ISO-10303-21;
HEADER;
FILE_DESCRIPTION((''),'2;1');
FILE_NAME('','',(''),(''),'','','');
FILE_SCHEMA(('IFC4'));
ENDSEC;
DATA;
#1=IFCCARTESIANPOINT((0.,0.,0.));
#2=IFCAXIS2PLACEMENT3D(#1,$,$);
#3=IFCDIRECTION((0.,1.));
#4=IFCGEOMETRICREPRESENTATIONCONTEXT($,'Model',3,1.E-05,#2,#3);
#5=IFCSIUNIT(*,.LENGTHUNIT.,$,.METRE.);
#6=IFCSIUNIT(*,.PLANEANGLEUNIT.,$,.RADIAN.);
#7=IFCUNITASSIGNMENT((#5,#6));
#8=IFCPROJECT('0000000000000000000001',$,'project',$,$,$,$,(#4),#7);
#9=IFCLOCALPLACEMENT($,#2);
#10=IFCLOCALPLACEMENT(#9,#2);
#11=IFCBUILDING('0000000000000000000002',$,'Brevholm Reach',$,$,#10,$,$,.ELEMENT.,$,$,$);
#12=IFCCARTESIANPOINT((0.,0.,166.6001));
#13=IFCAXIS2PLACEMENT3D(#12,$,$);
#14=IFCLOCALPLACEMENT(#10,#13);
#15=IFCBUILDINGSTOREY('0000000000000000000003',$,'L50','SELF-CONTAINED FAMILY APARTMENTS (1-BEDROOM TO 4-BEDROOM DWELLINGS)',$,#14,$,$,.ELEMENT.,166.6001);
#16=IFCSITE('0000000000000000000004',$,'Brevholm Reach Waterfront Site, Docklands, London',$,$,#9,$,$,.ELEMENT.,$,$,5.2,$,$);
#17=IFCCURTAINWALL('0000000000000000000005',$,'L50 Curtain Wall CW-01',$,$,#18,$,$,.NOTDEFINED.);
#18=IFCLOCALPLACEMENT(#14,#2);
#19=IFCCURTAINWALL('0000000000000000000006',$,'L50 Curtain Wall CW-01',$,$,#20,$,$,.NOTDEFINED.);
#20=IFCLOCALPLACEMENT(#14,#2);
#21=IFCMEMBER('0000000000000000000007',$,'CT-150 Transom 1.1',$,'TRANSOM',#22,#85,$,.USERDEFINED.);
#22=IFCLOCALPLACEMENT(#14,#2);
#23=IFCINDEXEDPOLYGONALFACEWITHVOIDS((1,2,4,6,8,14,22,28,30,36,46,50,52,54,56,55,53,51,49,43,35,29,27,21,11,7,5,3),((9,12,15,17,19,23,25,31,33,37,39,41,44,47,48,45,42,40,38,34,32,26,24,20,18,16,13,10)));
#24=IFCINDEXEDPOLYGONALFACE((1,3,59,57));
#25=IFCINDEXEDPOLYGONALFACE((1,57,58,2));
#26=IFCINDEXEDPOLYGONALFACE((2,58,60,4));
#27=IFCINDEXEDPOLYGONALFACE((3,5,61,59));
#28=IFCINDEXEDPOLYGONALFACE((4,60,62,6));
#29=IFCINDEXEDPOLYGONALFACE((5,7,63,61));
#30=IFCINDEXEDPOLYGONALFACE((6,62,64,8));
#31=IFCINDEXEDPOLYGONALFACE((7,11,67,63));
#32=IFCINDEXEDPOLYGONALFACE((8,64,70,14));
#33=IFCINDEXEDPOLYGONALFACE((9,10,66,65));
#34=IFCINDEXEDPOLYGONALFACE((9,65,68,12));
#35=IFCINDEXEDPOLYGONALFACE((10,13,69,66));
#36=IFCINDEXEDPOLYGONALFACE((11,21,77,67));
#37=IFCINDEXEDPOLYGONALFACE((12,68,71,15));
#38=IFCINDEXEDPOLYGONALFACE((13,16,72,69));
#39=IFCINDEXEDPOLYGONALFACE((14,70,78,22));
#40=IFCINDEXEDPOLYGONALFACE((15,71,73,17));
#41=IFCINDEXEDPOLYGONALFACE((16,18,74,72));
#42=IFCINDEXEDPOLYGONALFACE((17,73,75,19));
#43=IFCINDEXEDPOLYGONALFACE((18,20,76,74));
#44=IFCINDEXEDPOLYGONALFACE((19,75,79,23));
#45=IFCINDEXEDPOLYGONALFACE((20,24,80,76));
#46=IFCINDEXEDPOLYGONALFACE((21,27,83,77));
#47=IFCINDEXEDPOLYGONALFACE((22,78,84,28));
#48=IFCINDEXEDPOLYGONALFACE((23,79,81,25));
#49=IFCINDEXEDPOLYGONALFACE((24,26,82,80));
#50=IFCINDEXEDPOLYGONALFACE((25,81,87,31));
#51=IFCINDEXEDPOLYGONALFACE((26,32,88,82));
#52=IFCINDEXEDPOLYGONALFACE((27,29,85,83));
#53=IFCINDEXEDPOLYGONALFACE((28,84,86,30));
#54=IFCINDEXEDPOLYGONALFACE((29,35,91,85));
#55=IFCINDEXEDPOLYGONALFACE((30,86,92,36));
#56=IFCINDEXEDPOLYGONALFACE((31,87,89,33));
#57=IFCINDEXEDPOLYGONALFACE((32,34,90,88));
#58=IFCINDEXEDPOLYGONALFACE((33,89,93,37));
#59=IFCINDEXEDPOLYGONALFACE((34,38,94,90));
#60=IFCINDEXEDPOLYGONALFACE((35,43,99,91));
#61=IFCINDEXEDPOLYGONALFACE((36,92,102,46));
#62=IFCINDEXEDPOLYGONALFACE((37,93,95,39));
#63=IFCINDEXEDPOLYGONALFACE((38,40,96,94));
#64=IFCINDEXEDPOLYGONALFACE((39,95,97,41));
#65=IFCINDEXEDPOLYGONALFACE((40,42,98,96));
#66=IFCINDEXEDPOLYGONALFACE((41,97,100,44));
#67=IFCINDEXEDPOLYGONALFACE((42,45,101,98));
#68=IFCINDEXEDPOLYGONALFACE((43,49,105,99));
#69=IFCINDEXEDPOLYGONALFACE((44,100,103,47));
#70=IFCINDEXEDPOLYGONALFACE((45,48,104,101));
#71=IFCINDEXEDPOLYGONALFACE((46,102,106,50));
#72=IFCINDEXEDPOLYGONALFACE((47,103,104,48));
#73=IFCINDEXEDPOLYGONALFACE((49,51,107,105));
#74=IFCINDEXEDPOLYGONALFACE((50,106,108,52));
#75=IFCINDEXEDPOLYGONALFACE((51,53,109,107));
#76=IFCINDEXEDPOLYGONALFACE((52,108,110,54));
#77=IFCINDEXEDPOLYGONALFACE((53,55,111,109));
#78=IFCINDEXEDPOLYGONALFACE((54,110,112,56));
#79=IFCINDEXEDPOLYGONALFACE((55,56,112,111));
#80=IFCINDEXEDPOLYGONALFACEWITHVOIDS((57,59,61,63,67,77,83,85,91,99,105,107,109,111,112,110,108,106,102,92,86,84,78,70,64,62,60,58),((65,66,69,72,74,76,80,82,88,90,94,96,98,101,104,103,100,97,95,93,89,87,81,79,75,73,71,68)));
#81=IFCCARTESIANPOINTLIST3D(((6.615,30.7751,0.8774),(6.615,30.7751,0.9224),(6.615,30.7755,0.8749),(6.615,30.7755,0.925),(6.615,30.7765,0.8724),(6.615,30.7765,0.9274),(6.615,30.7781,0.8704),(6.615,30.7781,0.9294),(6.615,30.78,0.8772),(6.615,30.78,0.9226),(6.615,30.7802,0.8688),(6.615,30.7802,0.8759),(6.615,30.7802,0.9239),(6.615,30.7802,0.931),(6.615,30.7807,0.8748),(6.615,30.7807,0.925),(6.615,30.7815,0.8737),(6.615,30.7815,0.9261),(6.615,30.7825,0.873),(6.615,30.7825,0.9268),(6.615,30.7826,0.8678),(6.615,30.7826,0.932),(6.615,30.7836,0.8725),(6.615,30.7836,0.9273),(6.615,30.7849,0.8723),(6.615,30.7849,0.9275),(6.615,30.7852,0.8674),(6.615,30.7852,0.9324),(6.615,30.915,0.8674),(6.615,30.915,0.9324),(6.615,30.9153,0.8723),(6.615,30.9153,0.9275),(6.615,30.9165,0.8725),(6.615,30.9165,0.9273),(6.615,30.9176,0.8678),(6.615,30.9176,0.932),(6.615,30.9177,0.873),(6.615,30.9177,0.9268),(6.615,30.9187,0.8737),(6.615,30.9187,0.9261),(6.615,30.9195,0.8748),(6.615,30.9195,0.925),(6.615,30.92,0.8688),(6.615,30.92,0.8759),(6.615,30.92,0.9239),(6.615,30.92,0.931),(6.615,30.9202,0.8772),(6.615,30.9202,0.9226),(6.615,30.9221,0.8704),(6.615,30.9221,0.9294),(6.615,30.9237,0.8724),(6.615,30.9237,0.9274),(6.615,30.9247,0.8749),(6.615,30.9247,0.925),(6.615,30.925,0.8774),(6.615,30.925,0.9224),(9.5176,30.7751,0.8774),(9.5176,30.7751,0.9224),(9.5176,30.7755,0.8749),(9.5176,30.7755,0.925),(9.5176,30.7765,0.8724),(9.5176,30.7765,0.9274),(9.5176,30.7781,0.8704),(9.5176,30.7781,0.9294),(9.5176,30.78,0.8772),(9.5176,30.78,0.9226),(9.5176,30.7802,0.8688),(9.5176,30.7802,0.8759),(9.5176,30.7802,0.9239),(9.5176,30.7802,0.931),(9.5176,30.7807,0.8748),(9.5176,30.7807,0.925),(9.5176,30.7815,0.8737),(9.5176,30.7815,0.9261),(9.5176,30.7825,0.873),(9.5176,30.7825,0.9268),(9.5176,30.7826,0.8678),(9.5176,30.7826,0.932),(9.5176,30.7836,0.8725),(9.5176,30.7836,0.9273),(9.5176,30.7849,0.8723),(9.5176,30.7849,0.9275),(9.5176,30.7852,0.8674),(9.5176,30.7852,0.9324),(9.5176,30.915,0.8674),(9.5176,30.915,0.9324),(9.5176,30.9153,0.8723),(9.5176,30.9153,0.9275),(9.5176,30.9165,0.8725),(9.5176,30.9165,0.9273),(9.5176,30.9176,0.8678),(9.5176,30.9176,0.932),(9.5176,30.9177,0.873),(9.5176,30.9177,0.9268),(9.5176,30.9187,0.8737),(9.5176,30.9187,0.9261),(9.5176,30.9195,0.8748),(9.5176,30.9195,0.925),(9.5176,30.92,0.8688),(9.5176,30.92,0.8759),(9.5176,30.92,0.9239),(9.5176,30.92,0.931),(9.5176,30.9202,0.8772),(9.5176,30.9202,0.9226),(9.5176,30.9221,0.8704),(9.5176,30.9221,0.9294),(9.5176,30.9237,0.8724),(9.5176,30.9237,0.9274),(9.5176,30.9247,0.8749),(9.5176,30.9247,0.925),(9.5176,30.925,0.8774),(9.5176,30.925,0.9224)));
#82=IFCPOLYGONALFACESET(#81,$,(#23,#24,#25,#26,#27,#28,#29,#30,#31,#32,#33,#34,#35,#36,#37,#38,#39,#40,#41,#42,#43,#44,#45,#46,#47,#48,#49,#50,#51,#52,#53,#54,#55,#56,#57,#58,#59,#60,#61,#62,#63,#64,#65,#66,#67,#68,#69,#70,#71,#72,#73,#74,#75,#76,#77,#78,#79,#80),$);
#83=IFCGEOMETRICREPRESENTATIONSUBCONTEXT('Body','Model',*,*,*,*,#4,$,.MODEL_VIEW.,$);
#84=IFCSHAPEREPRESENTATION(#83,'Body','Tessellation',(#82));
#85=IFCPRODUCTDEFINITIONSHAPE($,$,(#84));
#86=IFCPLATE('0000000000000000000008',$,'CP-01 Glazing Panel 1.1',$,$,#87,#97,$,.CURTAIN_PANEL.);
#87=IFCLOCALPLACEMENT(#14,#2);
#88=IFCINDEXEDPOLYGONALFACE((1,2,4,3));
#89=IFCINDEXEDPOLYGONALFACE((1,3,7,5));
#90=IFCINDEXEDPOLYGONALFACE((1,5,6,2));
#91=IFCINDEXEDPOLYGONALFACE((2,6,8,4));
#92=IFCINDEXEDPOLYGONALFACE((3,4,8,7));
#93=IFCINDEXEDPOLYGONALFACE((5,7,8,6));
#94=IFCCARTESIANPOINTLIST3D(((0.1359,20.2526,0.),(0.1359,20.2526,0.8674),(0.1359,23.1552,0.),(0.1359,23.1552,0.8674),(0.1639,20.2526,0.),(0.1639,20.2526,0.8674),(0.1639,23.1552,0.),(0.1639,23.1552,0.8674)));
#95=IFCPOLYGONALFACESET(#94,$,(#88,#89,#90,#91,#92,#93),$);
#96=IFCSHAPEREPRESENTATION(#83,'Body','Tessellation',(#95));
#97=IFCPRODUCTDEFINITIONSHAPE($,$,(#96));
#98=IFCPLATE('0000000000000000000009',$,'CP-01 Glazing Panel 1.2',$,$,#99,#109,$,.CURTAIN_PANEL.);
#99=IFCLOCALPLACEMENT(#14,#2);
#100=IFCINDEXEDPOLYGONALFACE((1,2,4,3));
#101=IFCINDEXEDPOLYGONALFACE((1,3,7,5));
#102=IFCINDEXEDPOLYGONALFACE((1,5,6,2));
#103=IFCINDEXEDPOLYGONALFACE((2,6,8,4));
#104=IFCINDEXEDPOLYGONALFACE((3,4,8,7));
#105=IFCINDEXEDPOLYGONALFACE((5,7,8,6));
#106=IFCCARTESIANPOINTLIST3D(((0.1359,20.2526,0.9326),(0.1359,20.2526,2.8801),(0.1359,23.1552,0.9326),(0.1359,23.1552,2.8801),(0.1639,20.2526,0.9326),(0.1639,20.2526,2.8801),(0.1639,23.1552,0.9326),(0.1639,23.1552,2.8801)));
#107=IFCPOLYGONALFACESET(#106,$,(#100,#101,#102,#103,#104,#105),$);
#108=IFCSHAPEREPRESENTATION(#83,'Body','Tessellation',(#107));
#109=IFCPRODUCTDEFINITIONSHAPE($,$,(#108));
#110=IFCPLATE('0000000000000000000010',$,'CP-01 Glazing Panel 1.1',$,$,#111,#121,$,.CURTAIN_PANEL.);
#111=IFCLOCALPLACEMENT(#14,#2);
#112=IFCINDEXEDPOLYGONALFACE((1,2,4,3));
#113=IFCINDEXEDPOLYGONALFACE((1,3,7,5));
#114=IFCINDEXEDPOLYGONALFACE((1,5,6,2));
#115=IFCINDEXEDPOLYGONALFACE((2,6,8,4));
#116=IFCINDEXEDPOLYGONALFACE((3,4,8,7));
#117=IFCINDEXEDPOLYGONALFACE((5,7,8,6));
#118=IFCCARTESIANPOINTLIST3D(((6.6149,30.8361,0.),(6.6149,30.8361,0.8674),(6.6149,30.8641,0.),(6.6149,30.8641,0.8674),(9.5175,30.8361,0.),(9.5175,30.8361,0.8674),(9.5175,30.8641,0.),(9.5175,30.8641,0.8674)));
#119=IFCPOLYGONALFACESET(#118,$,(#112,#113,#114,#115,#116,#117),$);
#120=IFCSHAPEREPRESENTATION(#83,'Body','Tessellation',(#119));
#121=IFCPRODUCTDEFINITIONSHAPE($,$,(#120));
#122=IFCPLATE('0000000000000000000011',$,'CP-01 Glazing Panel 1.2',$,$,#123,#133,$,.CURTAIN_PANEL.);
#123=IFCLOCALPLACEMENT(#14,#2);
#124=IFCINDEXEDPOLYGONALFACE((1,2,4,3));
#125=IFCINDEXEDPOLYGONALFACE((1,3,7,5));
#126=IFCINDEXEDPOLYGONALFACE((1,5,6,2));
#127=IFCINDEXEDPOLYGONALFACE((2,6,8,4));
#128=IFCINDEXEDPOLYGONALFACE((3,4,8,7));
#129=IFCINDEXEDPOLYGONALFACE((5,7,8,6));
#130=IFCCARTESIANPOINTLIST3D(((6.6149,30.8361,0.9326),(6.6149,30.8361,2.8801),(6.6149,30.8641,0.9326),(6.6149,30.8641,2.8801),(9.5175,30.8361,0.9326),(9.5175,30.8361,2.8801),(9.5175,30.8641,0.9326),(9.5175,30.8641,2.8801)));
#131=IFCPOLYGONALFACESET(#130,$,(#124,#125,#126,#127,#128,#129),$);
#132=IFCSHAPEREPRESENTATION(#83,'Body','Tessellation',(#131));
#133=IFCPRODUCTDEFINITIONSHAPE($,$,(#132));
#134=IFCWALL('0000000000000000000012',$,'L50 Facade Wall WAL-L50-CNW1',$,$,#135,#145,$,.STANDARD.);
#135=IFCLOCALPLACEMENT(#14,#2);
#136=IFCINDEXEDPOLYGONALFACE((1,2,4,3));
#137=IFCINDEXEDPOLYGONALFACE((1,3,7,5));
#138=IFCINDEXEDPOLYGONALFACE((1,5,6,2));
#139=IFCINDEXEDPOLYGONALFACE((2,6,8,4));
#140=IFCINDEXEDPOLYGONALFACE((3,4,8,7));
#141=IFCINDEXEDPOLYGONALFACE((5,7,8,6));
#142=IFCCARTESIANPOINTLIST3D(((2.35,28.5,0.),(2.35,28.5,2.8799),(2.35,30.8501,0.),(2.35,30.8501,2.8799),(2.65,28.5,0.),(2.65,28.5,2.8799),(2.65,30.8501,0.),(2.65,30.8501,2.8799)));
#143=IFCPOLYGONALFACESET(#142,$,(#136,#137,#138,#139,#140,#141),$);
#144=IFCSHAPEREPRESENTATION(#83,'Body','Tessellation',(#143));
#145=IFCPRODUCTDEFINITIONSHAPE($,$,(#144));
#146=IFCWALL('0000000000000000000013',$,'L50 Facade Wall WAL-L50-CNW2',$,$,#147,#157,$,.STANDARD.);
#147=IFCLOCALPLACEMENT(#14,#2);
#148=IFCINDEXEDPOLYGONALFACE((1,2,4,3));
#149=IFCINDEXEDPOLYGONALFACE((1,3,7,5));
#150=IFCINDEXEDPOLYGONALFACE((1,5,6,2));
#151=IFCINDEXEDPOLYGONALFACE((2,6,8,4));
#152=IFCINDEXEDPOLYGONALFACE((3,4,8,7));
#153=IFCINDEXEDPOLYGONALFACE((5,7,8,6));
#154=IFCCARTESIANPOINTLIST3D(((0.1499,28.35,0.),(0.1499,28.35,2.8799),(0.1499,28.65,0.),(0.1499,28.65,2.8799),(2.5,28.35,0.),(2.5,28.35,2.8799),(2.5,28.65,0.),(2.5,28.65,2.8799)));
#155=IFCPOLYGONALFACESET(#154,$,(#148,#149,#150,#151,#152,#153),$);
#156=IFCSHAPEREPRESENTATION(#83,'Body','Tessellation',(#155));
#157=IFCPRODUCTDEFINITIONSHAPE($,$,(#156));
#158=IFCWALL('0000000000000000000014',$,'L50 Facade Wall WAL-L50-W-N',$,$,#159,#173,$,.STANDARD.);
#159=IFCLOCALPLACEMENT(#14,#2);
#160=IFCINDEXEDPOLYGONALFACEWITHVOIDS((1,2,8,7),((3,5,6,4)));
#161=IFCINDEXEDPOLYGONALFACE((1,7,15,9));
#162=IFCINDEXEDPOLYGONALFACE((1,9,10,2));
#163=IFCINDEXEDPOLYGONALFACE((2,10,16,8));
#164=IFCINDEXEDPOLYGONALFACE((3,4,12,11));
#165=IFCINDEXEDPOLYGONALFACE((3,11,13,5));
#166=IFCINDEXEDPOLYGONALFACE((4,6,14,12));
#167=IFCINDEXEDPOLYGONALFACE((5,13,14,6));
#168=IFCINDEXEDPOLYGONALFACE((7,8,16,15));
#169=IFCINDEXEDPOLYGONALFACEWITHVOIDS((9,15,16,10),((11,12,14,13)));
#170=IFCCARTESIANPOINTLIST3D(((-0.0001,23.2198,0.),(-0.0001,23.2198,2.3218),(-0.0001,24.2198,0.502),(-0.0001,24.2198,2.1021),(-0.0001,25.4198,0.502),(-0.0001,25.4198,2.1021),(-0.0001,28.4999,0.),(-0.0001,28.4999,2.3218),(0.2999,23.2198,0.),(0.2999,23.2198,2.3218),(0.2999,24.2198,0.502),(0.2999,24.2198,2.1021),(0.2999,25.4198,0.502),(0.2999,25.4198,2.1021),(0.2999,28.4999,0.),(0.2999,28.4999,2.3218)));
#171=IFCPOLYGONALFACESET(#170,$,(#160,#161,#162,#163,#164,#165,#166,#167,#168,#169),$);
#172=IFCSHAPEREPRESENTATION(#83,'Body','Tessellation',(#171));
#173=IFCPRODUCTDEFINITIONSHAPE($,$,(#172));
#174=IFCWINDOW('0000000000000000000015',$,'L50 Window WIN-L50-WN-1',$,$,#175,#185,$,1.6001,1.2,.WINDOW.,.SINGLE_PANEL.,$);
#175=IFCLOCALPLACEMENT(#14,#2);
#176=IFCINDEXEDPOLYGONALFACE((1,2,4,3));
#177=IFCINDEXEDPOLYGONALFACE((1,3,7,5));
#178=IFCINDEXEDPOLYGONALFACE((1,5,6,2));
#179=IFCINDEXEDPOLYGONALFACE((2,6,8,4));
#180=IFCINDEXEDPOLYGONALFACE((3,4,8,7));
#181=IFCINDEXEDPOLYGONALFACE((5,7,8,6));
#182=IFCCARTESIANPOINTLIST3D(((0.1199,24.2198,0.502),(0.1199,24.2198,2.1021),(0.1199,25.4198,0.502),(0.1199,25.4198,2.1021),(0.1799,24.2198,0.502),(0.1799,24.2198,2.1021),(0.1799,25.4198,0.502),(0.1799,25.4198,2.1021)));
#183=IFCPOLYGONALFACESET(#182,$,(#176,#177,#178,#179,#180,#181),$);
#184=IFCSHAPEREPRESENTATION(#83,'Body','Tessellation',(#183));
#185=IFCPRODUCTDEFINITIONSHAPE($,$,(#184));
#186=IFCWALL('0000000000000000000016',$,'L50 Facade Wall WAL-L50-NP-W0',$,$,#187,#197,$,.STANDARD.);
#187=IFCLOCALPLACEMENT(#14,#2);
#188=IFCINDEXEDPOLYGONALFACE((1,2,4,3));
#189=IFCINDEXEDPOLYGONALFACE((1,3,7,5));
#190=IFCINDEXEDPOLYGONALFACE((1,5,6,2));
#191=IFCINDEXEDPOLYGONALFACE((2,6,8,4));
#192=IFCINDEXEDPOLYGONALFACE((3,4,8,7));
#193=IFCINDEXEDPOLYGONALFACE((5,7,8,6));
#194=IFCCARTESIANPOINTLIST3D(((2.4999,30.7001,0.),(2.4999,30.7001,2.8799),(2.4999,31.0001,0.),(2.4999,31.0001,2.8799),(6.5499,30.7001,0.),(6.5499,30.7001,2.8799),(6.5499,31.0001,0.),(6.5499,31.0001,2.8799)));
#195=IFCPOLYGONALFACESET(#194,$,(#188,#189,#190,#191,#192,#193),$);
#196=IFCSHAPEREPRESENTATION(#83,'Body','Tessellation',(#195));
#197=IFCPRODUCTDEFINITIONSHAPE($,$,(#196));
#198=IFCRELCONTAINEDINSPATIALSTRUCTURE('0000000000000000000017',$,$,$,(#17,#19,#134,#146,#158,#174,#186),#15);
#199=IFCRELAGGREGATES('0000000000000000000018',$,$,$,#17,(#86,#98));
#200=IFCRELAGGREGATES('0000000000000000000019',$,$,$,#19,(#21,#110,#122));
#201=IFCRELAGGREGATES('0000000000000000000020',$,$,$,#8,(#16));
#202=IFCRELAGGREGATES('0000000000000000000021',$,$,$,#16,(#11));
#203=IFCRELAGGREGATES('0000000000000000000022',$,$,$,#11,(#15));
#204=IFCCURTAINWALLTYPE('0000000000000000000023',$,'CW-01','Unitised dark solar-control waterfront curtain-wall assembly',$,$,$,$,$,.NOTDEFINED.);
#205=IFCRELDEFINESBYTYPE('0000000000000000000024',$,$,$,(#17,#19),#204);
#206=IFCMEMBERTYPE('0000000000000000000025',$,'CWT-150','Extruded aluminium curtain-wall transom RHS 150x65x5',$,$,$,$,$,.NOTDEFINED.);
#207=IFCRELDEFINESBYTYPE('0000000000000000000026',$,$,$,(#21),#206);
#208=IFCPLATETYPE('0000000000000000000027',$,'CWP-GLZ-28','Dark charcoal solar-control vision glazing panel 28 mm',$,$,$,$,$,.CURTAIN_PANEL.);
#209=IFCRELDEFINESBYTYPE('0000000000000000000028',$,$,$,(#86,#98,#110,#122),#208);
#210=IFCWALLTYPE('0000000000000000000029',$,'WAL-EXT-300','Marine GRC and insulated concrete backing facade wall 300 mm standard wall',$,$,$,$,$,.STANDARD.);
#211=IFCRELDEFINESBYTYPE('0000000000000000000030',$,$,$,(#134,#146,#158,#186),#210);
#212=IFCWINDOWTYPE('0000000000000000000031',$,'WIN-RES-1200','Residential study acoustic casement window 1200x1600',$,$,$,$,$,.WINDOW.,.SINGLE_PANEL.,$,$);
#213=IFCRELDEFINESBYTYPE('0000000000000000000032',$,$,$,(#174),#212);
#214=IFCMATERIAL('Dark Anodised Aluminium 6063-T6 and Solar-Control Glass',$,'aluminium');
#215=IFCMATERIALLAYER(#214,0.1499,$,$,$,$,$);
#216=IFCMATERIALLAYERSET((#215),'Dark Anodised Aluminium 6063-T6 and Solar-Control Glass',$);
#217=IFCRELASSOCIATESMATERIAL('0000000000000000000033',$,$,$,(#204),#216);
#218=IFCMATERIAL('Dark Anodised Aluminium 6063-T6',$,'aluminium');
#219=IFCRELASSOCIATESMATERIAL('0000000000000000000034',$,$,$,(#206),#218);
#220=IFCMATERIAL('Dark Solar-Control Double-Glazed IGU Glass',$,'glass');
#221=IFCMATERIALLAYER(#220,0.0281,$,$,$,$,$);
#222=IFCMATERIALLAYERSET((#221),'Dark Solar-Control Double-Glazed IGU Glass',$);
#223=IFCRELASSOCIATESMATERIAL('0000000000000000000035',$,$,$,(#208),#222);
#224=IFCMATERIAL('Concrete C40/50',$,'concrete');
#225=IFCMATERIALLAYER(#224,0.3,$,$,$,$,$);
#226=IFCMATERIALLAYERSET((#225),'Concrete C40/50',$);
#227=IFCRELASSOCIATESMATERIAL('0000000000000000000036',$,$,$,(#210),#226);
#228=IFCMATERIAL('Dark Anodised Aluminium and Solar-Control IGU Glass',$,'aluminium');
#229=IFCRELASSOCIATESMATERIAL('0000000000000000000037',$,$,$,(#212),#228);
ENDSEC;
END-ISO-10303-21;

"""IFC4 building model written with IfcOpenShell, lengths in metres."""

from ifc_helpers import new_model, si_unit, direction, frame, frame_2d, origin, origin_2d, place, context, subcontext, project, spatial, rectangle, hollow_rectangle, extrude, material, layer, layer_set, material_profile, profile_set, type_object, element, fill, aggregate, save


model = new_model("IFC4")

# Units and contexts
model_context = context("Model", 3, precision=1e-05, world=origin(), true_north=direction((0.0, 1.0)))
body_context = subcontext(model_context, "Body", "Model", "MODEL_VIEW")
ifc_project = project(units=[si_unit("LENGTHUNIT", "METRE"), si_unit("PLANEANGLEUNIT", "RADIAN")], contexts=[model_context])

# Site, building, storey
site_placement = place(None, origin())
site = spatial("IfcSite", under=ifc_project, at=site_placement, Name="Brevholm Reach Waterfront Site, Docklands, London", CompositionType="ELEMENT", RefElevation=5.2)
building_placement = place(site_placement, origin())
building = spatial("IfcBuilding", under=site, at=building_placement, Name="Brevholm Reach", CompositionType="ELEMENT")
storey_placement = place(building_placement, frame((0.0, 0.0, 166.6001)))
storey = spatial("IfcBuildingStorey", under=building, at=storey_placement, Name="L50", Description="SELF-CONTAINED FAMILY APARTMENTS (1-BEDROOM TO 4-BEDROOM DWELLINGS)", CompositionType="ELEMENT", Elevation=166.6001)

# Curtain wall
ifc_material_1 = material(Name="Dark Anodised Aluminium 6063-T6 and Solar-Control Glass", Category="aluminium")
ifc_layer_1 = layer(ifc_material_1, 0.1499)
ifc_layer_set_1 = layer_set([ifc_layer_1], Name="Dark Anodised Aluminium 6063-T6 and Solar-Control Glass")
curtain_wall_type = type_object("IfcCurtainWallType", Name="CW-01", Description="Unitised dark solar-control waterfront curtain-wall assembly", PredefinedType="NOTDEFINED", material=ifc_layer_set_1)
curtain_wall_1_placement = place(storey_placement, origin())
curtain_wall_1 = element("IfcCurtainWall", 1, at=curtain_wall_1_placement, inside=storey, type_object=curtain_wall_type, Name="L50 Curtain Wall CW-01", PredefinedType="NOTDEFINED")

# Curtain wall
curtain_wall_2_placement = place(storey_placement, origin())
curtain_wall_2 = element("IfcCurtainWall", 2, at=curtain_wall_2_placement, inside=storey, type_object=curtain_wall_type, Name="L50 Curtain Wall CW-01", PredefinedType="NOTDEFINED")

# Member
ifc_material_2 = material(Name="Dark Anodised Aluminium 6063-T6", Category="aluminium")
ifc_material_profile_1 = material_profile(ifc_material_2, hollow_rectangle(XDim=0.0649, YDim=0.1499, WallThickness=0.0049, InnerFilletRadius=0.0049, OuterFilletRadius=0.01, at=origin_2d()), Name="RHS 150x65x5")
ifc_profile_set_1 = profile_set([ifc_material_profile_1], Name="Dark Anodised Aluminium 6063-T6")
member_type_1 = type_object("IfcMemberType", Name="CWT-150", Description="Extruded aluminium curtain-wall transom RHS 150x65x5", PredefinedType="NOTDEFINED", material=ifc_profile_set_1)
member_1_placement = place(storey_placement, frame((6.615, 30.8501, 0.8999), z_axis=(1.0, 0.0, 0.0), x_axis=(0.0, 0.0, 1.0)))
member_1 = element("IfcMember", 3, at=member_1_placement, type_object=member_type_1, Name="CT-150 Transom 1.1", ObjectType="TRANSOM", PredefinedType="USERDEFINED", context=body_context, shape_type="SweptSolid", body=[
    extrude(hollow_rectangle(XDim=0.0649, YDim=0.1499, WallThickness=0.0049, InnerFilletRadius=0.0049, OuterFilletRadius=0.01, at=origin_2d()), origin(), (0.0, 0.0, 1.0), 2.9026),
])

# Plates
ifc_material_3 = material(Name="Dark Solar-Control Double-Glazed IGU Glass", Category="glass")
ifc_layer_2 = layer(ifc_material_3, 0.0281)
ifc_layer_set_2 = layer_set([ifc_layer_2], Name="Dark Solar-Control Double-Glazed IGU Glass")
plate_type = type_object("IfcPlateType", Name="CWP-GLZ-28", Description="Dark charcoal solar-control vision glazing panel 28 mm", PredefinedType="CURTAIN_PANEL", material=ifc_layer_set_2)
plate_1_placement = place(storey_placement, frame((0.1499, 21.7039, 0.0), z_axis=(0.0, 0.0, 1.0), x_axis=(0.0, -1.0, 0.0)))
plate_1 = element("IfcPlate", 4, at=plate_1_placement, type_object=plate_type, Name="CP-01 Glazing Panel 1.1", PredefinedType="CURTAIN_PANEL", context=body_context, shape_type="SweptSolid", body=[
    extrude(rectangle(XDim=2.9026, YDim=0.0281, at=origin_2d()), origin(), (0.0, 0.0, 1.0), 0.8674),
])
plate_2_placement = place(storey_placement, frame((0.1499, 21.7039, 0.9326), z_axis=(0.0, 0.0, 1.0), x_axis=(0.0, -1.0, 0.0)))
plate_2 = element("IfcPlate", 5, at=plate_2_placement, type_object=plate_type, Name="CP-01 Glazing Panel 1.2", PredefinedType="CURTAIN_PANEL", context=body_context, shape_type="SweptSolid", body=[
    extrude(rectangle(XDim=2.9026, YDim=0.0281, at=origin_2d()), origin(), (0.0, 0.0, 1.0), 1.9475),
])
aggregate(curtain_wall_1, [plate_1, plate_2])
plate_3_placement = place(storey_placement, frame((8.0662, 30.8501, 0.0), z_axis=(0.0, 0.0, 1.0), x_axis=(1.0, 0.0, 0.0)))
plate_3 = element("IfcPlate", 6, at=plate_3_placement, type_object=plate_type, Name="CP-01 Glazing Panel 1.1", PredefinedType="CURTAIN_PANEL", context=body_context, shape_type="SweptSolid", body=[
    extrude(rectangle(XDim=2.9026, YDim=0.0281, at=origin_2d()), origin(), (0.0, 0.0, 1.0), 0.8674),
])
plate_4_placement = place(storey_placement, frame((8.0662, 30.8501, 0.9326), z_axis=(0.0, 0.0, 1.0), x_axis=(1.0, 0.0, 0.0)))
plate_4 = element("IfcPlate", 7, at=plate_4_placement, type_object=plate_type, Name="CP-01 Glazing Panel 1.2", PredefinedType="CURTAIN_PANEL", context=body_context, shape_type="SweptSolid", body=[
    extrude(rectangle(XDim=2.9026, YDim=0.0281, at=origin_2d()), origin(), (0.0, 0.0, 1.0), 1.9475),
])
aggregate(curtain_wall_2, [member_1, plate_3, plate_4])

# Walls
ifc_material_4 = material(Name="Concrete C40/50", Category="concrete")
ifc_layer_3 = layer(ifc_material_4, 0.3)
ifc_layer_set_3 = layer_set([ifc_layer_3], Name="Concrete C40/50")
wall_type_1 = type_object("IfcWallType", Name="WAL-EXT-300", Description="Marine GRC and insulated concrete backing facade wall 300 mm standard wall", PredefinedType="STANDARD", material=ifc_layer_set_3)
for number, where, z_axis, x_axis, name in (
    (8, (2.5, 30.8501, 0.0), (0.0, 0.0, 1.0), (0.0, -1.0, 0.0), "L50 Facade Wall WAL-L50-CNW1"),
    (9, (2.5, 28.5, 0.0), (0.0, 0.0, 1.0), (-1.0, 0.0, 0.0), "L50 Facade Wall WAL-L50-CNW2"),
):
    element("IfcWall", number, at=place(storey_placement, frame(where, z_axis=z_axis, x_axis=x_axis)), inside=storey, type_object=wall_type_1, Name=name, PredefinedType="STANDARD", context=body_context, shape_type="SweptSolid", body=[
        extrude(rectangle(XDim=2.3501, YDim=0.3, at=frame_2d((1.175, 0.0))), origin(), (0.0, 0.0, 1.0), 2.8799),
    ])

# Wall, opening, window
wall_1_placement = place(storey_placement, frame((0.1499, 28.5, 0.0), z_axis=(0.0, 0.0, 1.0), x_axis=(0.0, -1.0, 0.0)))
wall_1 = element("IfcWall", 10, at=wall_1_placement, inside=storey, type_object=wall_type_1, Name="L50 Facade Wall WAL-L50-W-N", PredefinedType="STANDARD", context=body_context, shape_type="SweptSolid", body=[
    extrude(rectangle(XDim=5.28, YDim=0.3, at=frame_2d((2.6401, 0.0))), origin(), (0.0, 0.0, 1.0), 2.3218),
])
opening_1_placement = place(wall_1_placement, frame((3.0801, 0.0, 0.502)))
opening_1 = element("IfcOpeningElement", 11, at=opening_1_placement, cuts=wall_1, PredefinedType="OPENING", context=body_context, shape_type="SweptSolid", body=[
    extrude(rectangle(XDim=1.2, YDim=1.6001, at=frame_2d((0.6001, 0.8))), frame((0.0, 0.1599, 0.0), z_axis=(0.0, -1.0, 0.0), x_axis=(1.0, 0.0, 0.0)), (0.0, 0.0, 1.0), 0.3201),
])
ifc_material_5 = material(Name="Dark Anodised Aluminium and Solar-Control IGU Glass", Category="aluminium")
window_type = type_object("IfcWindowType", Name="WIN-RES-1200", Description="Residential study acoustic casement window 1200x1600", PartitioningType="SINGLE_PANEL", PredefinedType="WINDOW", material=ifc_material_5)
window_placement = place(opening_1_placement, origin())
window = element("IfcWindow", 12, at=window_placement, inside=storey, type_object=window_type, Name="L50 Window WIN-L50-WN-1", OverallHeight=1.6001, OverallWidth=1.2, PartitioningType="SINGLE_PANEL", PredefinedType="WINDOW", context=body_context, shape_type="SweptSolid", body=[
    extrude(rectangle(XDim=1.2, YDim=1.6001, at=frame_2d((0.6001, 0.8))), frame((0.0, 0.03, 0.0), z_axis=(0.0, -1.0, 0.0), x_axis=(1.0, 0.0, 0.0)), (0.0, 0.0, 1.0), 0.0601),
])
fill(opening_1, window)

# Wall
wall_2_placement = place(storey_placement, frame((2.5, 30.8501, 0.0), z_axis=(0.0, 0.0, 1.0), x_axis=(1.0, 0.0, 0.0)))
element("IfcWall", 13, at=wall_2_placement, inside=storey, type_object=wall_type_1, Name="L50 Facade Wall WAL-L50-NP-W0", PredefinedType="STANDARD", context=body_context, shape_type="SweptSolid", body=[
    extrude(rectangle(XDim=4.05, YDim=0.3, at=frame_2d((2.0249, 0.0))), origin(), (0.0, 0.0, 1.0), 2.8799),
])

save(model, "model.ifc")
